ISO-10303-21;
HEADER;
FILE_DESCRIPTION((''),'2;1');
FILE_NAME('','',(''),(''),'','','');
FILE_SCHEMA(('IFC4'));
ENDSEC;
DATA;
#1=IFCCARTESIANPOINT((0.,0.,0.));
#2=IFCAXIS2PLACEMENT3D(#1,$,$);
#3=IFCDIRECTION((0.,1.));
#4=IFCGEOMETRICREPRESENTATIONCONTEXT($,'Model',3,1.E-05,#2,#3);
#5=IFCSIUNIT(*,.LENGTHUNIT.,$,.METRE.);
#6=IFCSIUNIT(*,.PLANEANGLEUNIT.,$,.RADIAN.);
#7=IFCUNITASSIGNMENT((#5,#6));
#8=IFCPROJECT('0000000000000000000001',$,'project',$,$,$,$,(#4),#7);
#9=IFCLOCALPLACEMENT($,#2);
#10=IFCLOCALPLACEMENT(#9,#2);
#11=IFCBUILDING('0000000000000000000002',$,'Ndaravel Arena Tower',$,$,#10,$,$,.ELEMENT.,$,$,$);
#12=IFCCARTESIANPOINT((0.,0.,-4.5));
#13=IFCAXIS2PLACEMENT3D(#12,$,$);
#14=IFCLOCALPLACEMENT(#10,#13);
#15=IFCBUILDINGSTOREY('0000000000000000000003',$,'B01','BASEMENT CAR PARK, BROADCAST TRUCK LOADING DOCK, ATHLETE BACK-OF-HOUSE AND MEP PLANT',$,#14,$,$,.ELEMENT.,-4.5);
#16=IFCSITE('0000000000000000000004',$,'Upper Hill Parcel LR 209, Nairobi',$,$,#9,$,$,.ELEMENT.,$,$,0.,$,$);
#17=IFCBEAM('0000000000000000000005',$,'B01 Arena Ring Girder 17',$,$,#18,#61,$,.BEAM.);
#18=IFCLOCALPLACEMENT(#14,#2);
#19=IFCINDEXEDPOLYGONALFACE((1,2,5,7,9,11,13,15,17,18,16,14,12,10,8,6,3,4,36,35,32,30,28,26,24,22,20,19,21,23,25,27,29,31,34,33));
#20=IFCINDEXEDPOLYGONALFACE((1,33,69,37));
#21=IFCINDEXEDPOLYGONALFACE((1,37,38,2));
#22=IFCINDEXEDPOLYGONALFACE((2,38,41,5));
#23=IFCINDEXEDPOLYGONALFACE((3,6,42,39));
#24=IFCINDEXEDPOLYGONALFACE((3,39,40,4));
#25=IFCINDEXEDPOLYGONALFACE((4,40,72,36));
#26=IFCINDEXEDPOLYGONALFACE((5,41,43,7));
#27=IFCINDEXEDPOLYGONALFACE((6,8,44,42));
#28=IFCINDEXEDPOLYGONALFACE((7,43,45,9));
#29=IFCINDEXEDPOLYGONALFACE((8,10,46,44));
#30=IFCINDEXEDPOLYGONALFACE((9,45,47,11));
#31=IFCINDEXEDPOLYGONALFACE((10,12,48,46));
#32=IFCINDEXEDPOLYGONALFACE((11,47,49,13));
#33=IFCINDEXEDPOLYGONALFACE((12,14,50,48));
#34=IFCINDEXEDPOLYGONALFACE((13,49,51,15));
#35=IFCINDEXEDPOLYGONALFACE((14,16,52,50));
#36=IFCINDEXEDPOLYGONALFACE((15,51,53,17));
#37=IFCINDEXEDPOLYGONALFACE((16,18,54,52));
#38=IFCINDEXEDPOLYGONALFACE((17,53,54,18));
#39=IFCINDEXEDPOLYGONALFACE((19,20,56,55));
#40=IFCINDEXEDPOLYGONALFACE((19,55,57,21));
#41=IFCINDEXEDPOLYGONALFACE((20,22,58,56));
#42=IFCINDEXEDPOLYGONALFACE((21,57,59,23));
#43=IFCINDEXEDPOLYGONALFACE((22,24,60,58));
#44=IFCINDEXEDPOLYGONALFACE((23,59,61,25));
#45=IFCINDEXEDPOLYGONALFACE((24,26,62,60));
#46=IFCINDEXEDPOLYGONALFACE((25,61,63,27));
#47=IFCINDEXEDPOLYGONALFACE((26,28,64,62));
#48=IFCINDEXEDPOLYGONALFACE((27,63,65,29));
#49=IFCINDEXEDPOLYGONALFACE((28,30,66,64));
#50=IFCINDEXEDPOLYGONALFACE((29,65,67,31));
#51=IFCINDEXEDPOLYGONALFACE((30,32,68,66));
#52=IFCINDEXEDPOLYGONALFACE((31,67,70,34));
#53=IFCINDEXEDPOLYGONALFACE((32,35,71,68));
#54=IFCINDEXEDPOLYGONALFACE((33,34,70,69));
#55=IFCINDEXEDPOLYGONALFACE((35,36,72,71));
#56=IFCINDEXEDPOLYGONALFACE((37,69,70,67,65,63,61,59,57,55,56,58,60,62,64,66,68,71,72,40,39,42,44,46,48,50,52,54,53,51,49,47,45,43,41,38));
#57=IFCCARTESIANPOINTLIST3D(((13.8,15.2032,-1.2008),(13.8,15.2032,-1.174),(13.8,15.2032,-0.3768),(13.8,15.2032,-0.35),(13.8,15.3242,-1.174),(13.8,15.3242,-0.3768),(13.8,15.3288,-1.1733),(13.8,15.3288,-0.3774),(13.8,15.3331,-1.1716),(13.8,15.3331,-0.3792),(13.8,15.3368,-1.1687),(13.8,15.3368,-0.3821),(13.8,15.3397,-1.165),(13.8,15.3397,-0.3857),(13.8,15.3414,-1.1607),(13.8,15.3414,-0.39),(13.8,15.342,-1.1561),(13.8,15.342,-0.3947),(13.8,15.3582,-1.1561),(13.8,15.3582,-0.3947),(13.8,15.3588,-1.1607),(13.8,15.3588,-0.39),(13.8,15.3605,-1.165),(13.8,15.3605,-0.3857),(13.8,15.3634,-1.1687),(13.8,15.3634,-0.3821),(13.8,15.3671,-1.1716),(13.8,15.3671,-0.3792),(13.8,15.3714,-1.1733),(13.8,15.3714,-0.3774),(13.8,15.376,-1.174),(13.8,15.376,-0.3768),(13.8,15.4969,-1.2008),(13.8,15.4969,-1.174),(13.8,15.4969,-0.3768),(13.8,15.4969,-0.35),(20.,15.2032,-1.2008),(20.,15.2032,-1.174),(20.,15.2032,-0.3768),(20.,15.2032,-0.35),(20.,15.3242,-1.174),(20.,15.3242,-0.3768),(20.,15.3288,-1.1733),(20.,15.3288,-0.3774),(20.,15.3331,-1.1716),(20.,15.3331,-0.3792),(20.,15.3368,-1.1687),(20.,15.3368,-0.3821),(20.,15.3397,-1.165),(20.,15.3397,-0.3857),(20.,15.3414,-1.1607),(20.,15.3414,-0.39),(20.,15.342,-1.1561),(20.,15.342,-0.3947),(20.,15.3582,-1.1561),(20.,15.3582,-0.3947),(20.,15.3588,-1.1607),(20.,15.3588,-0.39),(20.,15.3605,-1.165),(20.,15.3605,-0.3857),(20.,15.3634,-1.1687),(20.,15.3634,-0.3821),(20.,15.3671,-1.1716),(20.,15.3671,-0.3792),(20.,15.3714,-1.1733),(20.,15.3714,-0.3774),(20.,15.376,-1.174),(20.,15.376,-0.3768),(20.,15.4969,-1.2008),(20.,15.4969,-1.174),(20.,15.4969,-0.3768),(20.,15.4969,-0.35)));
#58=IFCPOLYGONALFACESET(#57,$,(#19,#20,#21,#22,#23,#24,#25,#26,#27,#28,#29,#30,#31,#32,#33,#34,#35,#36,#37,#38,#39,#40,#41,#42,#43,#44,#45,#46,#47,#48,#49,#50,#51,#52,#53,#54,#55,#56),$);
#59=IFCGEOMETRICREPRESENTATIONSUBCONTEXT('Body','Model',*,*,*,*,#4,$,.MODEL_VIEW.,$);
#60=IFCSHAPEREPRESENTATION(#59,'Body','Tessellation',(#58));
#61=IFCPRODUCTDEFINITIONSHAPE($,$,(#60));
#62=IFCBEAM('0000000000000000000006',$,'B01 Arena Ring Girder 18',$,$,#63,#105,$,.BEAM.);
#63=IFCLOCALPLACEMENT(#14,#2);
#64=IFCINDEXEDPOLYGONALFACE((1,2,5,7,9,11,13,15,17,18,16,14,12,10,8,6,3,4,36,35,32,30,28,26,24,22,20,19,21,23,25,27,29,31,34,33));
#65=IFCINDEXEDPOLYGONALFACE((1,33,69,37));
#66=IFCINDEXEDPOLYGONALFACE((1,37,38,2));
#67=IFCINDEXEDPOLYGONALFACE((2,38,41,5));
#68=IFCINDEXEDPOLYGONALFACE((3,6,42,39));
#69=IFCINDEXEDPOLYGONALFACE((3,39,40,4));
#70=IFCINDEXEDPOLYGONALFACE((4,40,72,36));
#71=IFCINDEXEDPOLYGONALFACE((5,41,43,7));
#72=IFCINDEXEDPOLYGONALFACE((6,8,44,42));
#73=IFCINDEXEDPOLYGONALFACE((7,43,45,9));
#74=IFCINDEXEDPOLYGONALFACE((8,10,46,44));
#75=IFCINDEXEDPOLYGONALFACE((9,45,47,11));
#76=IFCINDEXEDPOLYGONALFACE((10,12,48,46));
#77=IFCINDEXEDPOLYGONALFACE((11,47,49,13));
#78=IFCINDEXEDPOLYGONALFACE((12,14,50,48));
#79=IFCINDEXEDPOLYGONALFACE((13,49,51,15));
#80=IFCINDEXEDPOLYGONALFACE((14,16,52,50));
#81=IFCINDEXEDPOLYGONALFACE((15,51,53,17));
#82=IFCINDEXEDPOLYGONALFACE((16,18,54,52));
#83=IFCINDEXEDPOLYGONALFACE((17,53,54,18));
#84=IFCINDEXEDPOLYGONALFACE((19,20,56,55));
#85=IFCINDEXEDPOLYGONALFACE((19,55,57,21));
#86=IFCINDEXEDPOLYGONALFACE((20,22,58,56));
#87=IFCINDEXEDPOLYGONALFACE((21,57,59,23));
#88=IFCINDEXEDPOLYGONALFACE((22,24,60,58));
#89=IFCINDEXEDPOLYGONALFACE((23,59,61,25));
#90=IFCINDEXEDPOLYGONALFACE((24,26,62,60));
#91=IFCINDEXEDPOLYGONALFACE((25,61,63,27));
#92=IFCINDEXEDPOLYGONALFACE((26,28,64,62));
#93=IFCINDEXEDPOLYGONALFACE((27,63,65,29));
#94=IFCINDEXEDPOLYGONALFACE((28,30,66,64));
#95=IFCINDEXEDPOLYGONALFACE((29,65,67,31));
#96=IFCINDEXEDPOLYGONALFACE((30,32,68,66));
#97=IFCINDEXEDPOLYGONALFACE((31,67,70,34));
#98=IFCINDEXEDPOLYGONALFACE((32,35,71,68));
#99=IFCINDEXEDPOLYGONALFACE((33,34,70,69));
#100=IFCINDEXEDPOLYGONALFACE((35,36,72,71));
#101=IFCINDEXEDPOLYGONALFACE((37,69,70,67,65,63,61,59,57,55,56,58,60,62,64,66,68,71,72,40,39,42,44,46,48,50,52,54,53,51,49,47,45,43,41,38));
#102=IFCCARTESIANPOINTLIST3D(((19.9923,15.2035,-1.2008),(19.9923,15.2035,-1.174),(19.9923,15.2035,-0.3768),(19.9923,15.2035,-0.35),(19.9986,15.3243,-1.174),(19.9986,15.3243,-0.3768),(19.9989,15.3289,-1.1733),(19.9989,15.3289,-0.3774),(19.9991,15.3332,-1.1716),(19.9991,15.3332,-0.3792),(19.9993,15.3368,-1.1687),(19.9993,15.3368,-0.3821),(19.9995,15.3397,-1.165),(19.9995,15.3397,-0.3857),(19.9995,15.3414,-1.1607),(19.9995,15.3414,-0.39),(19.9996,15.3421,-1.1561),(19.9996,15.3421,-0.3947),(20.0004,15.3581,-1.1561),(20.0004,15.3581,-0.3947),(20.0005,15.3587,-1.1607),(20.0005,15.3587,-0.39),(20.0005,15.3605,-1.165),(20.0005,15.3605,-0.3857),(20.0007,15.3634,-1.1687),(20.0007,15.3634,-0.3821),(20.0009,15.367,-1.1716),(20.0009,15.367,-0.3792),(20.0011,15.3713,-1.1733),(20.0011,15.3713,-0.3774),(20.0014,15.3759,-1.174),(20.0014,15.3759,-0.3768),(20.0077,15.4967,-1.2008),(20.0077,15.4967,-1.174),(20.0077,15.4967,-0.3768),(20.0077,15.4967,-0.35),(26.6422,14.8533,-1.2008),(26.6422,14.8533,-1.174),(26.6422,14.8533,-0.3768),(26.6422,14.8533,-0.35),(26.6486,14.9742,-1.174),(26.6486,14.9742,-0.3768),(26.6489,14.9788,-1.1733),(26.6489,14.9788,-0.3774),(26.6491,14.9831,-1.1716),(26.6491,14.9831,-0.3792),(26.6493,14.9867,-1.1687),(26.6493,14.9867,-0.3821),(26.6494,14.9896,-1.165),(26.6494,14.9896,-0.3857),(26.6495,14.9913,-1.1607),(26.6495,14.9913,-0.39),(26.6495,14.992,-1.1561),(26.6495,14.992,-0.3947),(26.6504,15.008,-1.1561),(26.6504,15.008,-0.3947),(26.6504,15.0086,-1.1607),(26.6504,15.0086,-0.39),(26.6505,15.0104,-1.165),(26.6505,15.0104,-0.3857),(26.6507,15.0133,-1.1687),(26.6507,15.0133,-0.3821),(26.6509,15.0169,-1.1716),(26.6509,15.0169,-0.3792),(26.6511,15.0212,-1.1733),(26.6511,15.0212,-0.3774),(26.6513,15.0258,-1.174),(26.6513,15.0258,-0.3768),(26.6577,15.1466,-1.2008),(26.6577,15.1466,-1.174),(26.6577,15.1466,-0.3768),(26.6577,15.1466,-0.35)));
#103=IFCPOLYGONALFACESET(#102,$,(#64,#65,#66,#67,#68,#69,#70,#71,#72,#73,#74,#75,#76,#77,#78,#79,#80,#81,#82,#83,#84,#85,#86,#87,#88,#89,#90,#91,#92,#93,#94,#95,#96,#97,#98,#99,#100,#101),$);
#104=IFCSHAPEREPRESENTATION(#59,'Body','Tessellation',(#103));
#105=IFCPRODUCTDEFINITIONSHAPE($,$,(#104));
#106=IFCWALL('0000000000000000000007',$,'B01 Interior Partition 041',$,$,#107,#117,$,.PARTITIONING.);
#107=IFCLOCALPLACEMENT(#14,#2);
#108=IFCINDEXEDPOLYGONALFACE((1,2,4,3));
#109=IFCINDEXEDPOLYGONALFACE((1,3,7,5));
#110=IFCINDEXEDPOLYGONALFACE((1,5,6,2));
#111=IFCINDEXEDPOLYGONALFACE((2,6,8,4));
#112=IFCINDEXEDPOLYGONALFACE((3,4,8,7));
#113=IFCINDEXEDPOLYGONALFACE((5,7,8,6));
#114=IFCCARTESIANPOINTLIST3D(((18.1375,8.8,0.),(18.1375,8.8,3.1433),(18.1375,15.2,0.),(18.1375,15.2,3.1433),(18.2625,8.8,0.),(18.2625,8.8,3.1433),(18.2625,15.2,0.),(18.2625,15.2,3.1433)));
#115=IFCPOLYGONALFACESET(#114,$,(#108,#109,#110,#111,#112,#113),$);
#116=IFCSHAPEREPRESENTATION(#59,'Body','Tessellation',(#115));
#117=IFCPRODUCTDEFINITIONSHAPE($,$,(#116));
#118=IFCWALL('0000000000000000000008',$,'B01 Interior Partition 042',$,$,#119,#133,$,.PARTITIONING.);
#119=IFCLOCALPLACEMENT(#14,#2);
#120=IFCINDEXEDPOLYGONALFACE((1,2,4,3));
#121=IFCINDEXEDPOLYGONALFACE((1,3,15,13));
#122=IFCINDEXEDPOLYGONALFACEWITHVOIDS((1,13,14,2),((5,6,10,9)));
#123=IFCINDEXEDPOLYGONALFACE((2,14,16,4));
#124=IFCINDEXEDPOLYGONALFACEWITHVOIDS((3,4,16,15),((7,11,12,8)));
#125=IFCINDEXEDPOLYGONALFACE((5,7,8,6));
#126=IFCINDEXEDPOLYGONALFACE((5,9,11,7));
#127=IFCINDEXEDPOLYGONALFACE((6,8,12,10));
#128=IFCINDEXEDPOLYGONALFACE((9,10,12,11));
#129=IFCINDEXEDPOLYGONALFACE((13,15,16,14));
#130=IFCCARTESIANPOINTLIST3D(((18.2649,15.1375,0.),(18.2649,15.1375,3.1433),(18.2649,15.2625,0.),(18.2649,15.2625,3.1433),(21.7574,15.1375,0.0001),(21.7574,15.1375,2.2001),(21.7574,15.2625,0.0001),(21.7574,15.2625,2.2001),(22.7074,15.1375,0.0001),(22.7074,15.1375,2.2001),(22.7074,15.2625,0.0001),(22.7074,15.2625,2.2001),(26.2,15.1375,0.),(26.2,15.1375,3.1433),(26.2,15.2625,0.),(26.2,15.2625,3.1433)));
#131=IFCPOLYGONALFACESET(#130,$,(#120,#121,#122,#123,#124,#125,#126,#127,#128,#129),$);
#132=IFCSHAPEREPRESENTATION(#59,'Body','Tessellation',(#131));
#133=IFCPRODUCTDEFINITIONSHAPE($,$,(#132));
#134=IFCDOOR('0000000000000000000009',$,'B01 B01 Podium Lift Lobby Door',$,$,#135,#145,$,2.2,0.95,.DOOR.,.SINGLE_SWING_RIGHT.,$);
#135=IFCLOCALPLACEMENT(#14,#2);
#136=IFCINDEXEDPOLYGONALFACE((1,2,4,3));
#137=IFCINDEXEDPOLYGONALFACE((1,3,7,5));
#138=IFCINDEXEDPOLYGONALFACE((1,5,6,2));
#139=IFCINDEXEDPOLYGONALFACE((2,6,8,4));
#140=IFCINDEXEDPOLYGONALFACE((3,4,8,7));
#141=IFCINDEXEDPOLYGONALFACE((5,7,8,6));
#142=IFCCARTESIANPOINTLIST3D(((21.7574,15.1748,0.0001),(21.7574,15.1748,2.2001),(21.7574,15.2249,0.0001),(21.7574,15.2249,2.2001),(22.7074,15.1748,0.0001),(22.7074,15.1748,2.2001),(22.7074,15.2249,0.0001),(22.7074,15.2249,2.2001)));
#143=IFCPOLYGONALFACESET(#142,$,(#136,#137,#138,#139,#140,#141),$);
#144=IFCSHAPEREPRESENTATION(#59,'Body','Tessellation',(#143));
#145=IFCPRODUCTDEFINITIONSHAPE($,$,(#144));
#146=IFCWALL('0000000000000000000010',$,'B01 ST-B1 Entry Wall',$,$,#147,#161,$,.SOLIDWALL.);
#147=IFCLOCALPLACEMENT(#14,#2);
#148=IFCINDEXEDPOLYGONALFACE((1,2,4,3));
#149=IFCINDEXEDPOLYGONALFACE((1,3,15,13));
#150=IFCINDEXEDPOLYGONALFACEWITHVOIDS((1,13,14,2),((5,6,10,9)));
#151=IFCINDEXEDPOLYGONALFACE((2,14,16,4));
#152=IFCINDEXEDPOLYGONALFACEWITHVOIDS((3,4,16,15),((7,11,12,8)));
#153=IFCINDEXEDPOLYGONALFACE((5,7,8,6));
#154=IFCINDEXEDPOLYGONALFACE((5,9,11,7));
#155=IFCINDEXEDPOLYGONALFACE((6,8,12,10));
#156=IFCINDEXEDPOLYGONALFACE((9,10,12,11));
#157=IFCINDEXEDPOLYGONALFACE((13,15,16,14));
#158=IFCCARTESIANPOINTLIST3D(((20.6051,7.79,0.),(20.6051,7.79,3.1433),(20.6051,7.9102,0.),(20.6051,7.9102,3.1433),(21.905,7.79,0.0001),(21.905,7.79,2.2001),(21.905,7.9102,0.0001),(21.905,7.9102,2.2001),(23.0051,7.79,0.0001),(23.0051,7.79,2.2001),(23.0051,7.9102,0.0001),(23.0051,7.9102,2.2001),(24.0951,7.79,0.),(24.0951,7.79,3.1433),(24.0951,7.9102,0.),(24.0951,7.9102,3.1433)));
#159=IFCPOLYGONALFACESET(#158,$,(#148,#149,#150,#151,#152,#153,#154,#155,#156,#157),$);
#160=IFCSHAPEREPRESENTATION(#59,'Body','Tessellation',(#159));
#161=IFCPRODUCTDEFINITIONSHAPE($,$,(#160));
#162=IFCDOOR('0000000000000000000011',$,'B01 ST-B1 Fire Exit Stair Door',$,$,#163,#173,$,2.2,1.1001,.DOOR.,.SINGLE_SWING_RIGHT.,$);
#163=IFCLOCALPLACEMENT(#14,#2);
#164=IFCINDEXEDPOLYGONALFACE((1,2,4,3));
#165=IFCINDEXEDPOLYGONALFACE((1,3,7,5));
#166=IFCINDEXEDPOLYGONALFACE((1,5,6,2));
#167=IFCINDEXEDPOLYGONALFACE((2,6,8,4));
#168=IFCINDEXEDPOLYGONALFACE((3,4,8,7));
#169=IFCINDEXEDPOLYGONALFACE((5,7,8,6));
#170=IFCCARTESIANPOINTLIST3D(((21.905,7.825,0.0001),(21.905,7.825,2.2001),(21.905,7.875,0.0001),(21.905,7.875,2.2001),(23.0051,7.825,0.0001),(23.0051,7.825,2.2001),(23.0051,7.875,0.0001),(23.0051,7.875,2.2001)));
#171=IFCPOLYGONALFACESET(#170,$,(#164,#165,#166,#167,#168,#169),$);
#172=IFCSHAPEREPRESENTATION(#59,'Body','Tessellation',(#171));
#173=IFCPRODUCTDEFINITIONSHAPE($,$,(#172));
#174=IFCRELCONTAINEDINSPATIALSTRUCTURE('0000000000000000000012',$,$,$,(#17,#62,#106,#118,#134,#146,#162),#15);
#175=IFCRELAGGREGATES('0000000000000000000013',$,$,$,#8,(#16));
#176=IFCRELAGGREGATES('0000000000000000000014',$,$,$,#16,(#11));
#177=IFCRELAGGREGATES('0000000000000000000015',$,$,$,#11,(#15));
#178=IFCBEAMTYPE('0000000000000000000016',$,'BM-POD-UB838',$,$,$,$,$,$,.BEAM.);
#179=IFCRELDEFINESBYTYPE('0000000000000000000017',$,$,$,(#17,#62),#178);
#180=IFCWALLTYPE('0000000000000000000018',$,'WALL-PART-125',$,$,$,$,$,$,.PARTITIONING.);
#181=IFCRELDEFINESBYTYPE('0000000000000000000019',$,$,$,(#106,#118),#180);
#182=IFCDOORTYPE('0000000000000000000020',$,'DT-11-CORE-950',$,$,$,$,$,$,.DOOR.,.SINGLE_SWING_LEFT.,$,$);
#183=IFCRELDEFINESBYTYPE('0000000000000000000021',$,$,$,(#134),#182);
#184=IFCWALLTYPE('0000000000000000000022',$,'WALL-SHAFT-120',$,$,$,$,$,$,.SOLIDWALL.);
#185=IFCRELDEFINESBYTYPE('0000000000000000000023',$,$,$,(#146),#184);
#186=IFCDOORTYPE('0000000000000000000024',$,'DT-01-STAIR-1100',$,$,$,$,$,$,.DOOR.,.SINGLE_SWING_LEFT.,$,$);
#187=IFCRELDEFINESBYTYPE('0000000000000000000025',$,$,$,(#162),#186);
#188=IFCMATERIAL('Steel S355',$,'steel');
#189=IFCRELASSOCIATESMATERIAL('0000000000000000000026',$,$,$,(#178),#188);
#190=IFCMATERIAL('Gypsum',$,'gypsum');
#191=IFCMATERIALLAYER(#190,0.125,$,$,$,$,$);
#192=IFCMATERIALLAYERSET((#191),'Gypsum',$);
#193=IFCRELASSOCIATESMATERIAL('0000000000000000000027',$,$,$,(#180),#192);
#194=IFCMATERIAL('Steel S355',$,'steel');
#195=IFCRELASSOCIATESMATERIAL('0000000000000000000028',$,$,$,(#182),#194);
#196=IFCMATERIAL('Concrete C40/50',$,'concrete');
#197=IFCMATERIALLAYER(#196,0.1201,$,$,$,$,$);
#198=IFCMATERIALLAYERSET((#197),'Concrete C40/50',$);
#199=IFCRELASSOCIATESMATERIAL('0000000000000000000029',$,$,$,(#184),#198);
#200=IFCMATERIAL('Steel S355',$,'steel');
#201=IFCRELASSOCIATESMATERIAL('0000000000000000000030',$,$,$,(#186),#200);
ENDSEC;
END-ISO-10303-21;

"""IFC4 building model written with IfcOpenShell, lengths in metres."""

from ifc_helpers import new_model, si_unit, direction, frame, frame_2d, origin, origin_2d, place, context, subcontext, project, spatial, rectangle, i_section, extrude, material, layer, layer_set, material_profile, profile_set, type_object, element, fill, save


model = new_model("IFC4")

# Units and contexts
model_context = context("Model", 3, precision=1e-05, world=origin(), true_north=direction((0.0, 1.0)))
body_context = subcontext(model_context, "Body", "Model", "MODEL_VIEW")
ifc_project = project(units=[si_unit("LENGTHUNIT", "METRE"), si_unit("PLANEANGLEUNIT", "RADIAN")], contexts=[model_context])

# Site, building, storey
site_placement = place(None, origin())
site = spatial("IfcSite", under=ifc_project, at=site_placement, Name="Upper Hill Parcel LR 209, Nairobi", CompositionType="ELEMENT", RefElevation=0.0)
building_placement = place(site_placement, origin())
building = spatial("IfcBuilding", under=site, at=building_placement, Name="Ndaravel Arena Tower", CompositionType="ELEMENT")
storey_placement = place(building_placement, frame((0.0, 0.0, -4.5)))
storey = spatial("IfcBuildingStorey", under=building, at=storey_placement, Name="B01", Description="BASEMENT CAR PARK, BROADCAST TRUCK LOADING DOCK, ATHLETE BACK-OF-HOUSE AND MEP PLANT", CompositionType="ELEMENT", Elevation=-4.5)

# Beams
ifc_material_1 = material(Name="Steel S355", Category="steel")
ifc_material_profile_1 = material_profile(ifc_material_1, i_section(OverallWidth=0.2937, OverallDepth=0.8508, WebThickness=0.0161, FlangeThickness=0.0269, FilletRadius=0.0178, at=origin_2d()), Name="UB 838x292x226")
ifc_profile_set_1 = profile_set([ifc_material_profile_1], Name="Steel S355")
beam_type_1 = type_object("IfcBeamType", Name="BM-POD-UB838", PredefinedType="BEAM", material=ifc_profile_set_1)
beam_1_placement = place(storey_placement, frame((13.8, 15.3501, -0.7754), z_axis=(1.0, 0.0, 0.0), x_axis=(0.0, 1.0, 0.0)))
element("IfcBeam", 1, at=beam_1_placement, inside=storey, type_object=beam_type_1, Name="B01 Arena Ring Girder 17", PredefinedType="BEAM", context=body_context, shape_type="SweptSolid", body=[
    extrude(i_section(OverallWidth=0.2937, OverallDepth=0.8508, WebThickness=0.0161, FlangeThickness=0.0269, FilletRadius=0.0178, at=origin_2d()), origin(), (0.0, 0.0, 1.0), 6.2),
])
beam_2_placement = place(storey_placement, frame((20.0, 15.3501, -0.7754), z_axis=(0.998617, -0.052574, 0.0), x_axis=(0.052574, 0.998617, 0.0)))
element("IfcBeam", 2, at=beam_2_placement, inside=storey, type_object=beam_type_1, Name="B01 Arena Ring Girder 18", PredefinedType="BEAM", context=body_context, shape_type="SweptSolid", body=[
    extrude(i_section(OverallWidth=0.2937, OverallDepth=0.8508, WebThickness=0.0161, FlangeThickness=0.0269, FilletRadius=0.0178, at=origin_2d()), origin(), (0.0, 0.0, 1.0), 6.6592),
])

# Wall
ifc_material_2 = material(Name="Gypsum", Category="gypsum")
ifc_layer_1 = layer(ifc_material_2, 0.125)
ifc_layer_set_1 = layer_set([ifc_layer_1], Name="Gypsum")
wall_type_1 = type_object("IfcWallType", Name="WALL-PART-125", PredefinedType="PARTITIONING", material=ifc_layer_set_1)
wall_1_placement = place(storey_placement, frame((18.2, 8.8, 0.0), z_axis=(0.0, 0.0, 1.0), x_axis=(0.0, 1.0, 0.0)))
element("IfcWall", 3, at=wall_1_placement, inside=storey, type_object=wall_type_1, Name="B01 Interior Partition 041", PredefinedType="PARTITIONING", context=body_context, shape_type="SweptSolid", body=[
    extrude(rectangle(XDim=6.3999, YDim=0.125, at=frame_2d((3.2, 0.0))), origin(), (0.0, 0.0, 1.0), 3.1433),
])

# Walls, openings, doors
wall_2_placement = place(storey_placement, frame((18.2649, 15.2, 0.0), z_axis=(0.0, 0.0, 1.0), x_axis=(1.0, 0.0, 0.0)))
wall_2 = element("IfcWall", 4, at=wall_2_placement, inside=storey, type_object=wall_type_1, Name="B01 Interior Partition 042", PredefinedType="PARTITIONING", context=body_context, shape_type="SweptSolid", body=[
    extrude(rectangle(XDim=7.9351, YDim=0.125, at=frame_2d((3.9675, 0.0))), origin(), (0.0, 0.0, 1.0), 3.1433),
])
opening_1_placement = place(wall_2_placement, frame((3.4924, 0.0, 0.0)))
opening_1 = element("IfcOpeningElement", 5, at=opening_1_placement, cuts=wall_2, PredefinedType="OPENING", context=body_context, shape_type="SweptSolid", body=[
    extrude(rectangle(XDim=0.95, YDim=2.2, at=frame_2d((0.4751, 1.1001))), frame((0.0, 0.0625, 0.0), z_axis=(0.0, -1.0, 0.0), x_axis=(1.0, 0.0, 0.0)), (0.0, 0.0, 1.0), 0.125),
])
ifc_material_3 = material(Name="Steel S355", Category="steel")
door_type_1 = type_object("IfcDoorType", Name="DT-11-CORE-950", OperationType="SINGLE_SWING_LEFT", PredefinedType="DOOR", material=ifc_material_3)
door_1_placement = place(opening_1_placement, origin())
door_1 = element("IfcDoor", 6, at=door_1_placement, inside=storey, type_object=door_type_1, Name="B01 B01 Podium Lift Lobby Door", OperationType="SINGLE_SWING_RIGHT", OverallHeight=2.2, OverallWidth=0.95, PredefinedType="DOOR", context=body_context, shape_type="SweptSolid", body=[
    extrude(rectangle(XDim=0.95, YDim=2.2, at=frame_2d((0.4751, 1.1001))), frame((0.0, 0.0249, 0.0), z_axis=(0.0, -1.0, 0.0), x_axis=(1.0, 0.0, 0.0)), (0.0, 0.0, 1.0), 0.05),
])
fill(opening_1, door_1)
ifc_material_4 = material(Name="Concrete C40/50", Category="concrete")
ifc_layer_2 = layer(ifc_material_4, 0.1201)
ifc_layer_set_2 = layer_set([ifc_layer_2], Name="Concrete C40/50")
wall_type_2 = type_object("IfcWallType", Name="WALL-SHAFT-120", PredefinedType="SOLIDWALL", material=ifc_layer_set_2)
wall_3_placement = place(storey_placement, frame((20.605, 7.8501, 0.0), z_axis=(0.0, 0.0, 1.0), x_axis=(1.0, 0.0, 0.0)))
wall_3 = element("IfcWall", 7, at=wall_3_placement, inside=storey, type_object=wall_type_2, Name="B01 ST-B1 Entry Wall", PredefinedType="SOLIDWALL", context=body_context, shape_type="SweptSolid", body=[
    extrude(rectangle(XDim=3.49, YDim=0.1201, at=frame_2d((1.7451, 0.0))), origin(), (0.0, 0.0, 1.0), 3.1433),
])
opening_2_placement = place(wall_3_placement, frame((1.3, 0.0, 0.0)))
opening_2 = element("IfcOpeningElement", 8, at=opening_2_placement, cuts=wall_3, PredefinedType="OPENING", context=body_context, shape_type="SweptSolid", body=[
    extrude(rectangle(XDim=1.1001, YDim=2.2, at=frame_2d((0.55, 1.1001))), frame((0.0, 0.0601, 0.0), z_axis=(0.0, -1.0, 0.0), x_axis=(1.0, 0.0, 0.0)), (0.0, 0.0, 1.0), 0.1201),
])
ifc_material_5 = material(Name="Steel S355", Category="steel")
door_type_2 = type_object("IfcDoorType", Name="DT-01-STAIR-1100", OperationType="SINGLE_SWING_LEFT", PredefinedType="DOOR", material=ifc_material_5)
door_2_placement = place(opening_2_placement, origin())
door_2 = element("IfcDoor", 9, at=door_2_placement, inside=storey, type_object=door_type_2, Name="B01 ST-B1 Fire Exit Stair Door", OperationType="SINGLE_SWING_RIGHT", OverallHeight=2.2, OverallWidth=1.1001, PredefinedType="DOOR", context=body_context, shape_type="SweptSolid", body=[
    extrude(rectangle(XDim=1.1001, YDim=2.2, at=frame_2d((0.55, 1.1001))), frame((0.0, 0.0249, 0.0), z_axis=(0.0, -1.0, 0.0), x_axis=(1.0, 0.0, 0.0)), (0.0, 0.0, 1.0), 0.05),
])
fill(opening_2, door_2)

save(model, "model.ifc")
